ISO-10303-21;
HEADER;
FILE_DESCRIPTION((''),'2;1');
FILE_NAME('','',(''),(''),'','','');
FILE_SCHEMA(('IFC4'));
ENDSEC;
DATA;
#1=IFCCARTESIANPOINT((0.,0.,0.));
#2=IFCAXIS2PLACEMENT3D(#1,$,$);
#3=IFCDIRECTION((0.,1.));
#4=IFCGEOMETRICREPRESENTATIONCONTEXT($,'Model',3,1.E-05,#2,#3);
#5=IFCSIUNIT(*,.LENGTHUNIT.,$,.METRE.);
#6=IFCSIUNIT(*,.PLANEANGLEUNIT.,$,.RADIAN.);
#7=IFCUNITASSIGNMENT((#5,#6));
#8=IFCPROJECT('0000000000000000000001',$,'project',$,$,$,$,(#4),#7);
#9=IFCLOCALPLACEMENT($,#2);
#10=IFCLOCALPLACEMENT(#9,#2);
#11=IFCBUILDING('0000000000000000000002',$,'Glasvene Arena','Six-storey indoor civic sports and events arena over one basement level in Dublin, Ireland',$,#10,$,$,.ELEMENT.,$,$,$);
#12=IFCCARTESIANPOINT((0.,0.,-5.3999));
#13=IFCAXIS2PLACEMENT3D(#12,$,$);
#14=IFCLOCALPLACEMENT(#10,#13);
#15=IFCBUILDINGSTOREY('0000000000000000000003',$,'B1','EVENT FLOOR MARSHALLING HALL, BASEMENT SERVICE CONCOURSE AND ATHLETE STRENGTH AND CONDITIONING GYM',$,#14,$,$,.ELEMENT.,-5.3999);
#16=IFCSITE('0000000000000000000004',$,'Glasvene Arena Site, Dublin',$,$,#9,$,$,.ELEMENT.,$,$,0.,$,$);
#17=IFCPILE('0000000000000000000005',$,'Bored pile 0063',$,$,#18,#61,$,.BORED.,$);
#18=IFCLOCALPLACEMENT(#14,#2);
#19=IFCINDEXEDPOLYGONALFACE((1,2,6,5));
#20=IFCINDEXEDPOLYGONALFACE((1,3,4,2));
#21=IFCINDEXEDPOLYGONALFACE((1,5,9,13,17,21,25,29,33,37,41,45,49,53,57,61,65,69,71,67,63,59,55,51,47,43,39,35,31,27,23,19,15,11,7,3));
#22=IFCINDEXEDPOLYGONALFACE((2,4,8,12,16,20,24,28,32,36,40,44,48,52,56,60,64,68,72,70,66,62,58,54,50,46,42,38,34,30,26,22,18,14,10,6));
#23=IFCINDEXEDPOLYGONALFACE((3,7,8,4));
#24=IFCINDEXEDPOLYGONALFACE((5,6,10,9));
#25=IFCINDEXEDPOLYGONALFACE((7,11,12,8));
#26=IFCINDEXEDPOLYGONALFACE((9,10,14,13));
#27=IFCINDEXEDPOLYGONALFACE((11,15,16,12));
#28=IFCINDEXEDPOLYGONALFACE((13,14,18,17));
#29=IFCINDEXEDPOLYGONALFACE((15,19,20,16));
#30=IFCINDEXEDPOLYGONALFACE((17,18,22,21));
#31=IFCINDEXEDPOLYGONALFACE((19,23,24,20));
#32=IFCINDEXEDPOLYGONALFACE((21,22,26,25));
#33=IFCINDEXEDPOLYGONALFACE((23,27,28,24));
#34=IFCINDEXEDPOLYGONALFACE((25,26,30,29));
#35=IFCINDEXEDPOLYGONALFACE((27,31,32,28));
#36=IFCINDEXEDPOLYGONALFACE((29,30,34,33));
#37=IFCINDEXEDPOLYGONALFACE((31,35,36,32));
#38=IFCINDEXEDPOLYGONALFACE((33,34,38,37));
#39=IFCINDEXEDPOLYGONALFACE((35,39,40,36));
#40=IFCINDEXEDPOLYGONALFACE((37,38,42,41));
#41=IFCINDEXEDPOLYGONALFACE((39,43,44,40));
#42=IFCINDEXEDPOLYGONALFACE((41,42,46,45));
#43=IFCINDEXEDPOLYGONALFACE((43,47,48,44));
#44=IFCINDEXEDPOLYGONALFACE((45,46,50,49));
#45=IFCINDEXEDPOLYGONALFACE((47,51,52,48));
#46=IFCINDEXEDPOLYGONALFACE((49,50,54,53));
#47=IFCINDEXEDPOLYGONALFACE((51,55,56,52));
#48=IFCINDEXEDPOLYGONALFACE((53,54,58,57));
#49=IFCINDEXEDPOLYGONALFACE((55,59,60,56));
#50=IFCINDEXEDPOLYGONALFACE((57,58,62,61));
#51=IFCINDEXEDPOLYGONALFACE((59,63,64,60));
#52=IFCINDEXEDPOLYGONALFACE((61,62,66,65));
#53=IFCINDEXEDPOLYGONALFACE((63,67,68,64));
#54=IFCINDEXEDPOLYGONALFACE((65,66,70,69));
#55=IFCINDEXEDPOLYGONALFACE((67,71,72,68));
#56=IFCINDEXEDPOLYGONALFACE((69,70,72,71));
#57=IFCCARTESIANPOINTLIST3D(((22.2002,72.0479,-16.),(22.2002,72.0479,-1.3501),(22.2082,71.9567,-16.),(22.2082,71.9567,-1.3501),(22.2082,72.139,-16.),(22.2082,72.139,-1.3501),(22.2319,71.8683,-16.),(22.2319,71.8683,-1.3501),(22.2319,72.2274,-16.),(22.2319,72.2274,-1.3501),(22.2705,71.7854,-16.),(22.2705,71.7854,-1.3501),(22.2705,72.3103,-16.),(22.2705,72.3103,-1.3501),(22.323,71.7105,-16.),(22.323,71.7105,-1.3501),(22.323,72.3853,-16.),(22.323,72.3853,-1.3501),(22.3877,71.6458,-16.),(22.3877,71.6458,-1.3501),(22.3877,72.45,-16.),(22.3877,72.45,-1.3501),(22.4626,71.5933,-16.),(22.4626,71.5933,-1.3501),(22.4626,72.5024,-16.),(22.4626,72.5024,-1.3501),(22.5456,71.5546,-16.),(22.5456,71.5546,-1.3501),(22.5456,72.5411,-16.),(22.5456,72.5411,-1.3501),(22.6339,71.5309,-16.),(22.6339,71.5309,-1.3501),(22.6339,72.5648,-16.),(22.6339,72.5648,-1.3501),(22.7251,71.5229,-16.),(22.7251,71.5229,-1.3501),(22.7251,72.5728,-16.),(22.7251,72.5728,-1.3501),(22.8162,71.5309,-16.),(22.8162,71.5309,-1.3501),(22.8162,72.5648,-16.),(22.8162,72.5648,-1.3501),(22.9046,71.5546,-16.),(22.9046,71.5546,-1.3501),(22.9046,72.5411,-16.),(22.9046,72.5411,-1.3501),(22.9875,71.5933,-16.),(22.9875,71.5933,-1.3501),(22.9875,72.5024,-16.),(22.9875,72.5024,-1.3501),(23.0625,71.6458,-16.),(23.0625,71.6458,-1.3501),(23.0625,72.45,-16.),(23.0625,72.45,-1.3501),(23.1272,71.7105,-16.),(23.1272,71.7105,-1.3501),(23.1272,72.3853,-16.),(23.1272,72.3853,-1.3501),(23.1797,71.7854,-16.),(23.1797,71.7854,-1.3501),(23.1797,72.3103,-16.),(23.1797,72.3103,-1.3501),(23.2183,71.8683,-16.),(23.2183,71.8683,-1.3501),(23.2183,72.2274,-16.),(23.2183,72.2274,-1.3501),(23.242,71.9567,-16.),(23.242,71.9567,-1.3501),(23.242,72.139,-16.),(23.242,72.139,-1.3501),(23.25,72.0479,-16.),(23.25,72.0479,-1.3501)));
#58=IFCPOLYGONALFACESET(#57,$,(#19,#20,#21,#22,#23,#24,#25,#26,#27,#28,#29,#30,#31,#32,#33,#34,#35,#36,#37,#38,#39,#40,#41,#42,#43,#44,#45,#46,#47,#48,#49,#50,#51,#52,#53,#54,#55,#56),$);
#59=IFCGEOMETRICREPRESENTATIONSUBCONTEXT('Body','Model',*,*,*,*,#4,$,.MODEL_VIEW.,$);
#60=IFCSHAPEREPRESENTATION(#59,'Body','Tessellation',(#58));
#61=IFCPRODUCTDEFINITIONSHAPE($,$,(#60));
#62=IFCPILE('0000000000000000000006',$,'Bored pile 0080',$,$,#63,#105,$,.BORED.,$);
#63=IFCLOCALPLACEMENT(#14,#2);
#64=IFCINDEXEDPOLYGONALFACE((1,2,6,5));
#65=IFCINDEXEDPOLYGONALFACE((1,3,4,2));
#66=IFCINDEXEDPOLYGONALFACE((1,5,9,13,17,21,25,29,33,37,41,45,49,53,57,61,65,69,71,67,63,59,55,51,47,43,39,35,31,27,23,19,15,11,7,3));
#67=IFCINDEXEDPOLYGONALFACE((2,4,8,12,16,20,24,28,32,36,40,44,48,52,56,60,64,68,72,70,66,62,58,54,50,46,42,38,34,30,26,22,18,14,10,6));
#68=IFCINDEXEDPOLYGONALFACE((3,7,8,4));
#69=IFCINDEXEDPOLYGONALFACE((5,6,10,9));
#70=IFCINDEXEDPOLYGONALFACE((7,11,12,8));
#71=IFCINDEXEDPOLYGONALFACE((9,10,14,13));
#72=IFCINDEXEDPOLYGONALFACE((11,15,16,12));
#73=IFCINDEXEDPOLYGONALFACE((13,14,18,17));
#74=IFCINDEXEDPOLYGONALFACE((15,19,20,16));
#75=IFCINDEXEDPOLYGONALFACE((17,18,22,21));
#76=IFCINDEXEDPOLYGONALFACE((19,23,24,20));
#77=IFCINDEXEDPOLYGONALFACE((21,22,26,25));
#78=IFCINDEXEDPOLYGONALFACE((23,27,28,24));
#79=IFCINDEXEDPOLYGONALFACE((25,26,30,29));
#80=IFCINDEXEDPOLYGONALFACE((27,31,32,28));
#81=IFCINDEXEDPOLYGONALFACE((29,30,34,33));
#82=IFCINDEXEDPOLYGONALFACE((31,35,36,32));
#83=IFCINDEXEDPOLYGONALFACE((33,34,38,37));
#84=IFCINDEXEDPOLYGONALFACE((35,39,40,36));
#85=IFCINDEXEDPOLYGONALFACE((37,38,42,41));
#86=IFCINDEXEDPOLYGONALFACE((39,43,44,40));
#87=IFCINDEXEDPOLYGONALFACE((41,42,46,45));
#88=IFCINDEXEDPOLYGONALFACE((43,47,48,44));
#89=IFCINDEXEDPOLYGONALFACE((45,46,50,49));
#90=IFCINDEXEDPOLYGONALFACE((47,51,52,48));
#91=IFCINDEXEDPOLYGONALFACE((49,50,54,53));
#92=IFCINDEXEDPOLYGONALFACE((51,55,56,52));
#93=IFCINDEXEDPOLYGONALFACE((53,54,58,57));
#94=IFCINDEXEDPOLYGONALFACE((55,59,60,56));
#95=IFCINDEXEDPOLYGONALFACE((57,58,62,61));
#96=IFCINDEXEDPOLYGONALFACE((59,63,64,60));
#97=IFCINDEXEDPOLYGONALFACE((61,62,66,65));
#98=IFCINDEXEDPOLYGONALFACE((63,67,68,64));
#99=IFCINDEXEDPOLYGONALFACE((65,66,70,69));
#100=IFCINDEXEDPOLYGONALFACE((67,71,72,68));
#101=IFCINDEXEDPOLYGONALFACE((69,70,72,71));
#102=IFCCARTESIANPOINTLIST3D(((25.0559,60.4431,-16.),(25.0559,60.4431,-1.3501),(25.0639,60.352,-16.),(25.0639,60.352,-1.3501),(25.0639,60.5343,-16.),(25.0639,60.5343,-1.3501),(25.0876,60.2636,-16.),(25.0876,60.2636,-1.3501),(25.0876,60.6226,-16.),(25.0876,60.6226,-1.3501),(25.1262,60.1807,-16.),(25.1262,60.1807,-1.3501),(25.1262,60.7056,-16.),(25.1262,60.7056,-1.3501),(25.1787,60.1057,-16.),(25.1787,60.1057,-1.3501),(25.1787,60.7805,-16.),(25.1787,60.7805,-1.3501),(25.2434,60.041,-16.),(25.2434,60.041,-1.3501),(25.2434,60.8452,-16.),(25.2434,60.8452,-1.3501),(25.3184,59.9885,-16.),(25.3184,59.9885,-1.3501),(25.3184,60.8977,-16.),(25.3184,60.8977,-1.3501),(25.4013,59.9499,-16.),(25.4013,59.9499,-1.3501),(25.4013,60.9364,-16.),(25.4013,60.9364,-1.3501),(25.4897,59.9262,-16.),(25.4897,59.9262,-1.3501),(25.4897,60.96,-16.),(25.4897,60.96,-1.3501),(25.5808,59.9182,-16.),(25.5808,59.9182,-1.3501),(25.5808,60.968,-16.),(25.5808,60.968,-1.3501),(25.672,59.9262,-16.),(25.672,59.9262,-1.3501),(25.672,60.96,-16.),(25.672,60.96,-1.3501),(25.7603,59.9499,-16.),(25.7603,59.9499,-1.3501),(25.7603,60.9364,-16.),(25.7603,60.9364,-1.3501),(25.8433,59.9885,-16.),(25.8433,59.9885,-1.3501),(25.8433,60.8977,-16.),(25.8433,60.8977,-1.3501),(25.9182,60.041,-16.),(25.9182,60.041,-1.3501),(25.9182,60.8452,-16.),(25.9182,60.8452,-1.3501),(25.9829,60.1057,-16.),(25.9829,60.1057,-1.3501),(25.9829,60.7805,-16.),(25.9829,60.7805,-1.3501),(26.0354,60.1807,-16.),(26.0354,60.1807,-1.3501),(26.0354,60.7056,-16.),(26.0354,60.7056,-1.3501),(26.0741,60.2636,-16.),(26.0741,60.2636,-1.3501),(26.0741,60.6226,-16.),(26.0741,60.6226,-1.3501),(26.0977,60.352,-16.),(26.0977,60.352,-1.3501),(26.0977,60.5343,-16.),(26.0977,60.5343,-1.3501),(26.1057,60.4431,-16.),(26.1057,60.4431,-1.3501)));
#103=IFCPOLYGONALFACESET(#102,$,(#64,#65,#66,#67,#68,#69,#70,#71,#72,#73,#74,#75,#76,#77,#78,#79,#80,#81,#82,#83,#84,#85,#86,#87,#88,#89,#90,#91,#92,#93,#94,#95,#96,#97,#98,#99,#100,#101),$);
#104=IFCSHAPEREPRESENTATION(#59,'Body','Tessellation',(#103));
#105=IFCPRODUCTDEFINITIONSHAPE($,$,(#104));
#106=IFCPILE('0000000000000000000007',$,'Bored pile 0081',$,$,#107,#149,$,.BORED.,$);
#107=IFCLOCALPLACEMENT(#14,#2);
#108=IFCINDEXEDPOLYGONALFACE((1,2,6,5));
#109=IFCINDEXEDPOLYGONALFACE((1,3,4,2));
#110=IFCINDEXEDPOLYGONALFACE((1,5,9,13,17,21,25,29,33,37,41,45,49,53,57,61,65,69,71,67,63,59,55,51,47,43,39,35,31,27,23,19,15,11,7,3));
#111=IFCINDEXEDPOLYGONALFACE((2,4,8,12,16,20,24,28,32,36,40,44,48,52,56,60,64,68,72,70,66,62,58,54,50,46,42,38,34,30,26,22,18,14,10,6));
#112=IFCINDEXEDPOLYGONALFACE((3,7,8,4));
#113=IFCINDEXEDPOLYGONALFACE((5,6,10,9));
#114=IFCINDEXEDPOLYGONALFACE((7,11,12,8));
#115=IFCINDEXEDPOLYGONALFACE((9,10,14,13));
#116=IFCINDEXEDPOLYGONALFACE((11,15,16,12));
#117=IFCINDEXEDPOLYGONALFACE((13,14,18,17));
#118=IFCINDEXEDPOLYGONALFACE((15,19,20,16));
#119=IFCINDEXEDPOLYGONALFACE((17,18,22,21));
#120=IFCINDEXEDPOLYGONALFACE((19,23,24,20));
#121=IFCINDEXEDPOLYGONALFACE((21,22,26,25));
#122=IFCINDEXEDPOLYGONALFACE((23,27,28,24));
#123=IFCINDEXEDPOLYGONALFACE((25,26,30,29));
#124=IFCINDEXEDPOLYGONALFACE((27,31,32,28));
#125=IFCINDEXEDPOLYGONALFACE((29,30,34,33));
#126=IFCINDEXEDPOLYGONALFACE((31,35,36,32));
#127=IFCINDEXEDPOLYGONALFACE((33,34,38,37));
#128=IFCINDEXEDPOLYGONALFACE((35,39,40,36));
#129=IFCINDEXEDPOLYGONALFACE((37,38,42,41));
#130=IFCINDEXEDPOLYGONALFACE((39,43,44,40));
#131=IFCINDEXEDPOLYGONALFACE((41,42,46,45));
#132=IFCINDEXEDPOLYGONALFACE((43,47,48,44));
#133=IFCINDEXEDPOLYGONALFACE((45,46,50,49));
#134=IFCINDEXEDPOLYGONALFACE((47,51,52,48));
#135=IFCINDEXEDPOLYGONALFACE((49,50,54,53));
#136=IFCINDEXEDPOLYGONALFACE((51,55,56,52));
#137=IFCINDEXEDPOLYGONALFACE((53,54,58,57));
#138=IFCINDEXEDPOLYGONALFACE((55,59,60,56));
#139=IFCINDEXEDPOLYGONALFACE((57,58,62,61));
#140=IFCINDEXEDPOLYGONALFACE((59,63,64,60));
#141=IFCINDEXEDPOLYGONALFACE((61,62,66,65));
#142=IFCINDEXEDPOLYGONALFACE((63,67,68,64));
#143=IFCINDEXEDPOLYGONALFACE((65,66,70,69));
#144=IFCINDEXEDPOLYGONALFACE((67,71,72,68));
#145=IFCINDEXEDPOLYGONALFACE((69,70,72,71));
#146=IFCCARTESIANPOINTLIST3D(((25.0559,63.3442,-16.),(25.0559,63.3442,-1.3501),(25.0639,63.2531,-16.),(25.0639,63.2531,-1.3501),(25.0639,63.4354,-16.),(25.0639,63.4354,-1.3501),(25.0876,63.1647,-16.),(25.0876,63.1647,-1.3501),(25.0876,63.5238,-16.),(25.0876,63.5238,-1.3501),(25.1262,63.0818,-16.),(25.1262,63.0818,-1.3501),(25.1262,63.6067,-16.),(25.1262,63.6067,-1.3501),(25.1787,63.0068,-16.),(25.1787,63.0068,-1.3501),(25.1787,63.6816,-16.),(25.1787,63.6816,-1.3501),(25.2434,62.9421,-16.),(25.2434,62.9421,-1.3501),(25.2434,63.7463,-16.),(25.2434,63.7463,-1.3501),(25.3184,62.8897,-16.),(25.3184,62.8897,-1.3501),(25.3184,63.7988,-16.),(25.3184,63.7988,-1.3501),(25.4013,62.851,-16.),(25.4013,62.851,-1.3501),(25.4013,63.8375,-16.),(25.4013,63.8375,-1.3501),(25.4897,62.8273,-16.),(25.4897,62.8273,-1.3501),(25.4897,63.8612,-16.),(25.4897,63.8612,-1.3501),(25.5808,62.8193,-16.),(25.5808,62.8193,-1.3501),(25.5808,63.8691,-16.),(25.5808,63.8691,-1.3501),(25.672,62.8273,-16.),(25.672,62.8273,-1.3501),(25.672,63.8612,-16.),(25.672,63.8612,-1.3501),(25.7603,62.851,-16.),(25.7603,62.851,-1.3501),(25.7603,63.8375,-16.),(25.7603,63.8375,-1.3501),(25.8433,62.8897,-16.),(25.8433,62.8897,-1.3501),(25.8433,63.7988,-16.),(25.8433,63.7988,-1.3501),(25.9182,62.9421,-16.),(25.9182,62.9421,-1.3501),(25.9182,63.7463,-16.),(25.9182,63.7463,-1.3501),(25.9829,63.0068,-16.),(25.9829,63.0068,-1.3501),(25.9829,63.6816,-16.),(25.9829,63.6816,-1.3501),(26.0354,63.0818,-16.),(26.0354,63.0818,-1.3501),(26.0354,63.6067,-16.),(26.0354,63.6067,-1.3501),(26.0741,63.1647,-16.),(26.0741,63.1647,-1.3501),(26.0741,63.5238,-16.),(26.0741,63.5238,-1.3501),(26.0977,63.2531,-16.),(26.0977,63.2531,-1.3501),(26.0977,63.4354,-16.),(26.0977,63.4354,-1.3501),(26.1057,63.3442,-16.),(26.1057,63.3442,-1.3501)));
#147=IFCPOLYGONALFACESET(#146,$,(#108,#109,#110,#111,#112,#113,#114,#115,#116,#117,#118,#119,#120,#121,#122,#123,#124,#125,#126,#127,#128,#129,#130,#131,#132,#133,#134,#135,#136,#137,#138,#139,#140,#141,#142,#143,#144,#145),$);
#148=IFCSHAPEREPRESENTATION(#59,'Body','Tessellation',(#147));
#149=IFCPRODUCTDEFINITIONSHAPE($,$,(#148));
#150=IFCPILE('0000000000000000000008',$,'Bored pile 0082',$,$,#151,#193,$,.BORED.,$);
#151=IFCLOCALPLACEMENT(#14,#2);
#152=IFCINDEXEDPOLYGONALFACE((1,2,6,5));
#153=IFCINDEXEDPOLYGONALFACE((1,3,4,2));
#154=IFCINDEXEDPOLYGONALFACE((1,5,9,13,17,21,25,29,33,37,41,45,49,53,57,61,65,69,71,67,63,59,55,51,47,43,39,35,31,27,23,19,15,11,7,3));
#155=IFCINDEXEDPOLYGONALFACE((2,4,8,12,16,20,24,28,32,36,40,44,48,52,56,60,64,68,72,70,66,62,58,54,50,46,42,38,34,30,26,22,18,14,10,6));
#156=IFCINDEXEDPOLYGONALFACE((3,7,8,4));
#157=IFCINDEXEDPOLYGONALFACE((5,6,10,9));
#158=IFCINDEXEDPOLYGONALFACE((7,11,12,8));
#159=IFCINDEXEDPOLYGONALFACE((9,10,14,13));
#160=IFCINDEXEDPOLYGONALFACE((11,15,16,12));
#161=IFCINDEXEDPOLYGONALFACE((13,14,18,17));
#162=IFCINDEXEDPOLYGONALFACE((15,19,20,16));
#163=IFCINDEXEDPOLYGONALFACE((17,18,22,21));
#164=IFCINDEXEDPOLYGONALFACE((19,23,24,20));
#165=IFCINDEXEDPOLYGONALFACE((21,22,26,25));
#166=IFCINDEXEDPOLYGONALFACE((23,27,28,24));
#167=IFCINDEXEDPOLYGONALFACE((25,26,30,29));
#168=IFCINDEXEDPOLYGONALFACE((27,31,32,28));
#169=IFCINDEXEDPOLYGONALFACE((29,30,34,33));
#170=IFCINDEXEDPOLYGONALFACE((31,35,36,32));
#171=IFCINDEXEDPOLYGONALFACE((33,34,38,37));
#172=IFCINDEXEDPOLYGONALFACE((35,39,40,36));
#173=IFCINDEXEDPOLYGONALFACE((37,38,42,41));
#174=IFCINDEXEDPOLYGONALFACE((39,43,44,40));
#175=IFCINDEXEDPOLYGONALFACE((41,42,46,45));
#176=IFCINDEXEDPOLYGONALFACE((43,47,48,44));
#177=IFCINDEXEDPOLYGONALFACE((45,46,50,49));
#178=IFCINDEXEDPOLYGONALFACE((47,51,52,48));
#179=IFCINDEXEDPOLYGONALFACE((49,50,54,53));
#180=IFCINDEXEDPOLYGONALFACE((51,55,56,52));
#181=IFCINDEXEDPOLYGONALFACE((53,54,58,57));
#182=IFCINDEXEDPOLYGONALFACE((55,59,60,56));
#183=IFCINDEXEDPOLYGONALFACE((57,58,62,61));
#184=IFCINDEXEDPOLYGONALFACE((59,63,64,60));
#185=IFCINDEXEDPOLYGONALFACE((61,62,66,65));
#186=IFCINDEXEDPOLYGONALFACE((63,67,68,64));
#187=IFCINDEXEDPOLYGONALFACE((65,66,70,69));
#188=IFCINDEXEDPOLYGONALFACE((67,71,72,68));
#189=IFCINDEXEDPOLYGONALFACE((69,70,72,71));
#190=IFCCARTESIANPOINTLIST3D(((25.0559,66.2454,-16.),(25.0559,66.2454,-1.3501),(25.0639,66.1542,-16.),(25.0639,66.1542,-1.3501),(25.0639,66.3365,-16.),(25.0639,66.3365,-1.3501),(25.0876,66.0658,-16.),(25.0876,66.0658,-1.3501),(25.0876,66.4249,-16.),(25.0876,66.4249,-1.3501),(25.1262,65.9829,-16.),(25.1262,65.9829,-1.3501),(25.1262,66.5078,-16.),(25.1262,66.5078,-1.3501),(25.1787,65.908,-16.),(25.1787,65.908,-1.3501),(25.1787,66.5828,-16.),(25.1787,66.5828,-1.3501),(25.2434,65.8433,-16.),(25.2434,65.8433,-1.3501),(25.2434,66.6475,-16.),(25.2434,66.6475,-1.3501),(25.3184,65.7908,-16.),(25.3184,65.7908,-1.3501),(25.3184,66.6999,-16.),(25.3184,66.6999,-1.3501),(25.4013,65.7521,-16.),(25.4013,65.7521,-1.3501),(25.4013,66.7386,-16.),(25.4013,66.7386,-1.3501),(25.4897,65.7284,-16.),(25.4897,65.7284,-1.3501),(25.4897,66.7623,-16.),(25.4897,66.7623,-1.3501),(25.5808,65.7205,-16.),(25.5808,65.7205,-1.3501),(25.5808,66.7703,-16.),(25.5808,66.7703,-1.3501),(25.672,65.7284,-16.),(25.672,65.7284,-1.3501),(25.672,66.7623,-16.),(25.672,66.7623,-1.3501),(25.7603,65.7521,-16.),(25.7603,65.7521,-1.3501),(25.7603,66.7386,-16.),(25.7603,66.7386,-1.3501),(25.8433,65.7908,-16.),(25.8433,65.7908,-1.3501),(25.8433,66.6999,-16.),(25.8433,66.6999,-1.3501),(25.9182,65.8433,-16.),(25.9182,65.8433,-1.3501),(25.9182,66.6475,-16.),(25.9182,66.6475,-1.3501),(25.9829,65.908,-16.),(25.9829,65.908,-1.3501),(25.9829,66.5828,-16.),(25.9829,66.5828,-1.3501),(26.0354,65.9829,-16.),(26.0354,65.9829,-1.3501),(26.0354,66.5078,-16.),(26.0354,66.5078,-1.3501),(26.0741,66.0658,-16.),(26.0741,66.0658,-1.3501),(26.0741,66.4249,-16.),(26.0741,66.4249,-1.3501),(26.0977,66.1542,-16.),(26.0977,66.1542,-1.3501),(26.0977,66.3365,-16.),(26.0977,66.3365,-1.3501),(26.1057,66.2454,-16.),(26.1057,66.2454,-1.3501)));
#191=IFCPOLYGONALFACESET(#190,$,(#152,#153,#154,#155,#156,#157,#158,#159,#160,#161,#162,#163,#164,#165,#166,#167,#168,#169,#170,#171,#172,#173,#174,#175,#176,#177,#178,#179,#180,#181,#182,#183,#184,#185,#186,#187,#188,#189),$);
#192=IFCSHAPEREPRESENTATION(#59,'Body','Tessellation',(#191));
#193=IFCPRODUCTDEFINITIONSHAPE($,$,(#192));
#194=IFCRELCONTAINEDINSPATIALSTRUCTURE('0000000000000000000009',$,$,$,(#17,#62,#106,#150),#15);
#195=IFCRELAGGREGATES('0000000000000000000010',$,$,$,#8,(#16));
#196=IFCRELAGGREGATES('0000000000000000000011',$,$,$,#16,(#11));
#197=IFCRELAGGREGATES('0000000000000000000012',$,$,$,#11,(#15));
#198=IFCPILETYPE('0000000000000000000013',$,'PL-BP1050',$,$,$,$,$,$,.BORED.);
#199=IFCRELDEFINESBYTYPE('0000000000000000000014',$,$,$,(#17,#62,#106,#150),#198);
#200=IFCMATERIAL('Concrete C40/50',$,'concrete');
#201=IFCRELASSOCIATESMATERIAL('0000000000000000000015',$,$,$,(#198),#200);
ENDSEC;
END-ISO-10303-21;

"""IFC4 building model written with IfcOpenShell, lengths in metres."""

from ifc_helpers import new_model, si_unit, direction, frame, origin, origin_2d, place, context, subcontext, project, spatial, circle, extrude, material, material_profile, profile_set, type_object, element, save


model = new_model("IFC4")

# Units and contexts
model_context = context("Model", 3, precision=1e-05, world=origin(), true_north=direction((0.0, 1.0)))
body_context = subcontext(model_context, "Body", "Model", "MODEL_VIEW")
ifc_project = project(units=[si_unit("LENGTHUNIT", "METRE"), si_unit("PLANEANGLEUNIT", "RADIAN")], contexts=[model_context])

# Site, building, storey
site_placement = place(None, origin())
site = spatial("IfcSite", under=ifc_project, at=site_placement, Name="Glasvene Arena Site, Dublin", CompositionType="ELEMENT", RefElevation=0.0)
building_placement = place(site_placement, origin())
building = spatial("IfcBuilding", under=site, at=building_placement, Name="Glasvene Arena", Description="Six-storey indoor civic sports and events arena over one basement level in Dublin, Ireland", CompositionType="ELEMENT")
storey_placement = place(building_placement, frame((0.0, 0.0, -5.3999)))
storey = spatial("IfcBuildingStorey", under=building, at=storey_placement, Name="B1", Description="EVENT FLOOR MARSHALLING HALL, BASEMENT SERVICE CONCOURSE AND ATHLETE STRENGTH AND CONDITIONING GYM", CompositionType="ELEMENT", Elevation=-5.3999)

# Shared definitions
ifc_material_1 = material(Name="Concrete C40/50", Category="concrete")

# Piles
ifc_material_profile_1 = material_profile(ifc_material_1, circle(Radius=0.5249, at=origin_2d()), Name="BORED PILE 1050")
ifc_profile_set_1 = profile_set([ifc_material_profile_1], Name="Concrete C40/50")
pile_type = type_object("IfcPileType", Name="PL-BP1050", PredefinedType="BORED", material=ifc_profile_set_1)
for number, where, z_axis, x_axis, name in (
    (1, (22.7251, 72.0479, -1.3501), (0.0, 0.0, -1.0), (1.0, 0.0, 0.0), "Bored pile 0063"),
    (2, (25.5808, 60.4431, -1.3501), (0.0, 0.0, -1.0), (1.0, 0.0, 0.0), "Bored pile 0080"),
    (3, (25.5808, 63.3442, -1.3501), (0.0, 0.0, -1.0), (1.0, 0.0, 0.0), "Bored pile 0081"),
    (4, (25.5808, 66.2454, -1.3501), (0.0, 0.0, -1.0), (1.0, 0.0, 0.0), "Bored pile 0082"),
):
    element("IfcPile", number, at=place(storey_placement, frame(where, z_axis=z_axis, x_axis=x_axis)), inside=storey, type_object=pile_type, Name=name, PredefinedType="BORED", context=body_context, shape_type="SweptSolid", body=[
        extrude(circle(Radius=0.5249, at=origin_2d()), origin(), (0.0, 0.0, 1.0), 14.6499),
    ])

save(model, "model.ifc")
